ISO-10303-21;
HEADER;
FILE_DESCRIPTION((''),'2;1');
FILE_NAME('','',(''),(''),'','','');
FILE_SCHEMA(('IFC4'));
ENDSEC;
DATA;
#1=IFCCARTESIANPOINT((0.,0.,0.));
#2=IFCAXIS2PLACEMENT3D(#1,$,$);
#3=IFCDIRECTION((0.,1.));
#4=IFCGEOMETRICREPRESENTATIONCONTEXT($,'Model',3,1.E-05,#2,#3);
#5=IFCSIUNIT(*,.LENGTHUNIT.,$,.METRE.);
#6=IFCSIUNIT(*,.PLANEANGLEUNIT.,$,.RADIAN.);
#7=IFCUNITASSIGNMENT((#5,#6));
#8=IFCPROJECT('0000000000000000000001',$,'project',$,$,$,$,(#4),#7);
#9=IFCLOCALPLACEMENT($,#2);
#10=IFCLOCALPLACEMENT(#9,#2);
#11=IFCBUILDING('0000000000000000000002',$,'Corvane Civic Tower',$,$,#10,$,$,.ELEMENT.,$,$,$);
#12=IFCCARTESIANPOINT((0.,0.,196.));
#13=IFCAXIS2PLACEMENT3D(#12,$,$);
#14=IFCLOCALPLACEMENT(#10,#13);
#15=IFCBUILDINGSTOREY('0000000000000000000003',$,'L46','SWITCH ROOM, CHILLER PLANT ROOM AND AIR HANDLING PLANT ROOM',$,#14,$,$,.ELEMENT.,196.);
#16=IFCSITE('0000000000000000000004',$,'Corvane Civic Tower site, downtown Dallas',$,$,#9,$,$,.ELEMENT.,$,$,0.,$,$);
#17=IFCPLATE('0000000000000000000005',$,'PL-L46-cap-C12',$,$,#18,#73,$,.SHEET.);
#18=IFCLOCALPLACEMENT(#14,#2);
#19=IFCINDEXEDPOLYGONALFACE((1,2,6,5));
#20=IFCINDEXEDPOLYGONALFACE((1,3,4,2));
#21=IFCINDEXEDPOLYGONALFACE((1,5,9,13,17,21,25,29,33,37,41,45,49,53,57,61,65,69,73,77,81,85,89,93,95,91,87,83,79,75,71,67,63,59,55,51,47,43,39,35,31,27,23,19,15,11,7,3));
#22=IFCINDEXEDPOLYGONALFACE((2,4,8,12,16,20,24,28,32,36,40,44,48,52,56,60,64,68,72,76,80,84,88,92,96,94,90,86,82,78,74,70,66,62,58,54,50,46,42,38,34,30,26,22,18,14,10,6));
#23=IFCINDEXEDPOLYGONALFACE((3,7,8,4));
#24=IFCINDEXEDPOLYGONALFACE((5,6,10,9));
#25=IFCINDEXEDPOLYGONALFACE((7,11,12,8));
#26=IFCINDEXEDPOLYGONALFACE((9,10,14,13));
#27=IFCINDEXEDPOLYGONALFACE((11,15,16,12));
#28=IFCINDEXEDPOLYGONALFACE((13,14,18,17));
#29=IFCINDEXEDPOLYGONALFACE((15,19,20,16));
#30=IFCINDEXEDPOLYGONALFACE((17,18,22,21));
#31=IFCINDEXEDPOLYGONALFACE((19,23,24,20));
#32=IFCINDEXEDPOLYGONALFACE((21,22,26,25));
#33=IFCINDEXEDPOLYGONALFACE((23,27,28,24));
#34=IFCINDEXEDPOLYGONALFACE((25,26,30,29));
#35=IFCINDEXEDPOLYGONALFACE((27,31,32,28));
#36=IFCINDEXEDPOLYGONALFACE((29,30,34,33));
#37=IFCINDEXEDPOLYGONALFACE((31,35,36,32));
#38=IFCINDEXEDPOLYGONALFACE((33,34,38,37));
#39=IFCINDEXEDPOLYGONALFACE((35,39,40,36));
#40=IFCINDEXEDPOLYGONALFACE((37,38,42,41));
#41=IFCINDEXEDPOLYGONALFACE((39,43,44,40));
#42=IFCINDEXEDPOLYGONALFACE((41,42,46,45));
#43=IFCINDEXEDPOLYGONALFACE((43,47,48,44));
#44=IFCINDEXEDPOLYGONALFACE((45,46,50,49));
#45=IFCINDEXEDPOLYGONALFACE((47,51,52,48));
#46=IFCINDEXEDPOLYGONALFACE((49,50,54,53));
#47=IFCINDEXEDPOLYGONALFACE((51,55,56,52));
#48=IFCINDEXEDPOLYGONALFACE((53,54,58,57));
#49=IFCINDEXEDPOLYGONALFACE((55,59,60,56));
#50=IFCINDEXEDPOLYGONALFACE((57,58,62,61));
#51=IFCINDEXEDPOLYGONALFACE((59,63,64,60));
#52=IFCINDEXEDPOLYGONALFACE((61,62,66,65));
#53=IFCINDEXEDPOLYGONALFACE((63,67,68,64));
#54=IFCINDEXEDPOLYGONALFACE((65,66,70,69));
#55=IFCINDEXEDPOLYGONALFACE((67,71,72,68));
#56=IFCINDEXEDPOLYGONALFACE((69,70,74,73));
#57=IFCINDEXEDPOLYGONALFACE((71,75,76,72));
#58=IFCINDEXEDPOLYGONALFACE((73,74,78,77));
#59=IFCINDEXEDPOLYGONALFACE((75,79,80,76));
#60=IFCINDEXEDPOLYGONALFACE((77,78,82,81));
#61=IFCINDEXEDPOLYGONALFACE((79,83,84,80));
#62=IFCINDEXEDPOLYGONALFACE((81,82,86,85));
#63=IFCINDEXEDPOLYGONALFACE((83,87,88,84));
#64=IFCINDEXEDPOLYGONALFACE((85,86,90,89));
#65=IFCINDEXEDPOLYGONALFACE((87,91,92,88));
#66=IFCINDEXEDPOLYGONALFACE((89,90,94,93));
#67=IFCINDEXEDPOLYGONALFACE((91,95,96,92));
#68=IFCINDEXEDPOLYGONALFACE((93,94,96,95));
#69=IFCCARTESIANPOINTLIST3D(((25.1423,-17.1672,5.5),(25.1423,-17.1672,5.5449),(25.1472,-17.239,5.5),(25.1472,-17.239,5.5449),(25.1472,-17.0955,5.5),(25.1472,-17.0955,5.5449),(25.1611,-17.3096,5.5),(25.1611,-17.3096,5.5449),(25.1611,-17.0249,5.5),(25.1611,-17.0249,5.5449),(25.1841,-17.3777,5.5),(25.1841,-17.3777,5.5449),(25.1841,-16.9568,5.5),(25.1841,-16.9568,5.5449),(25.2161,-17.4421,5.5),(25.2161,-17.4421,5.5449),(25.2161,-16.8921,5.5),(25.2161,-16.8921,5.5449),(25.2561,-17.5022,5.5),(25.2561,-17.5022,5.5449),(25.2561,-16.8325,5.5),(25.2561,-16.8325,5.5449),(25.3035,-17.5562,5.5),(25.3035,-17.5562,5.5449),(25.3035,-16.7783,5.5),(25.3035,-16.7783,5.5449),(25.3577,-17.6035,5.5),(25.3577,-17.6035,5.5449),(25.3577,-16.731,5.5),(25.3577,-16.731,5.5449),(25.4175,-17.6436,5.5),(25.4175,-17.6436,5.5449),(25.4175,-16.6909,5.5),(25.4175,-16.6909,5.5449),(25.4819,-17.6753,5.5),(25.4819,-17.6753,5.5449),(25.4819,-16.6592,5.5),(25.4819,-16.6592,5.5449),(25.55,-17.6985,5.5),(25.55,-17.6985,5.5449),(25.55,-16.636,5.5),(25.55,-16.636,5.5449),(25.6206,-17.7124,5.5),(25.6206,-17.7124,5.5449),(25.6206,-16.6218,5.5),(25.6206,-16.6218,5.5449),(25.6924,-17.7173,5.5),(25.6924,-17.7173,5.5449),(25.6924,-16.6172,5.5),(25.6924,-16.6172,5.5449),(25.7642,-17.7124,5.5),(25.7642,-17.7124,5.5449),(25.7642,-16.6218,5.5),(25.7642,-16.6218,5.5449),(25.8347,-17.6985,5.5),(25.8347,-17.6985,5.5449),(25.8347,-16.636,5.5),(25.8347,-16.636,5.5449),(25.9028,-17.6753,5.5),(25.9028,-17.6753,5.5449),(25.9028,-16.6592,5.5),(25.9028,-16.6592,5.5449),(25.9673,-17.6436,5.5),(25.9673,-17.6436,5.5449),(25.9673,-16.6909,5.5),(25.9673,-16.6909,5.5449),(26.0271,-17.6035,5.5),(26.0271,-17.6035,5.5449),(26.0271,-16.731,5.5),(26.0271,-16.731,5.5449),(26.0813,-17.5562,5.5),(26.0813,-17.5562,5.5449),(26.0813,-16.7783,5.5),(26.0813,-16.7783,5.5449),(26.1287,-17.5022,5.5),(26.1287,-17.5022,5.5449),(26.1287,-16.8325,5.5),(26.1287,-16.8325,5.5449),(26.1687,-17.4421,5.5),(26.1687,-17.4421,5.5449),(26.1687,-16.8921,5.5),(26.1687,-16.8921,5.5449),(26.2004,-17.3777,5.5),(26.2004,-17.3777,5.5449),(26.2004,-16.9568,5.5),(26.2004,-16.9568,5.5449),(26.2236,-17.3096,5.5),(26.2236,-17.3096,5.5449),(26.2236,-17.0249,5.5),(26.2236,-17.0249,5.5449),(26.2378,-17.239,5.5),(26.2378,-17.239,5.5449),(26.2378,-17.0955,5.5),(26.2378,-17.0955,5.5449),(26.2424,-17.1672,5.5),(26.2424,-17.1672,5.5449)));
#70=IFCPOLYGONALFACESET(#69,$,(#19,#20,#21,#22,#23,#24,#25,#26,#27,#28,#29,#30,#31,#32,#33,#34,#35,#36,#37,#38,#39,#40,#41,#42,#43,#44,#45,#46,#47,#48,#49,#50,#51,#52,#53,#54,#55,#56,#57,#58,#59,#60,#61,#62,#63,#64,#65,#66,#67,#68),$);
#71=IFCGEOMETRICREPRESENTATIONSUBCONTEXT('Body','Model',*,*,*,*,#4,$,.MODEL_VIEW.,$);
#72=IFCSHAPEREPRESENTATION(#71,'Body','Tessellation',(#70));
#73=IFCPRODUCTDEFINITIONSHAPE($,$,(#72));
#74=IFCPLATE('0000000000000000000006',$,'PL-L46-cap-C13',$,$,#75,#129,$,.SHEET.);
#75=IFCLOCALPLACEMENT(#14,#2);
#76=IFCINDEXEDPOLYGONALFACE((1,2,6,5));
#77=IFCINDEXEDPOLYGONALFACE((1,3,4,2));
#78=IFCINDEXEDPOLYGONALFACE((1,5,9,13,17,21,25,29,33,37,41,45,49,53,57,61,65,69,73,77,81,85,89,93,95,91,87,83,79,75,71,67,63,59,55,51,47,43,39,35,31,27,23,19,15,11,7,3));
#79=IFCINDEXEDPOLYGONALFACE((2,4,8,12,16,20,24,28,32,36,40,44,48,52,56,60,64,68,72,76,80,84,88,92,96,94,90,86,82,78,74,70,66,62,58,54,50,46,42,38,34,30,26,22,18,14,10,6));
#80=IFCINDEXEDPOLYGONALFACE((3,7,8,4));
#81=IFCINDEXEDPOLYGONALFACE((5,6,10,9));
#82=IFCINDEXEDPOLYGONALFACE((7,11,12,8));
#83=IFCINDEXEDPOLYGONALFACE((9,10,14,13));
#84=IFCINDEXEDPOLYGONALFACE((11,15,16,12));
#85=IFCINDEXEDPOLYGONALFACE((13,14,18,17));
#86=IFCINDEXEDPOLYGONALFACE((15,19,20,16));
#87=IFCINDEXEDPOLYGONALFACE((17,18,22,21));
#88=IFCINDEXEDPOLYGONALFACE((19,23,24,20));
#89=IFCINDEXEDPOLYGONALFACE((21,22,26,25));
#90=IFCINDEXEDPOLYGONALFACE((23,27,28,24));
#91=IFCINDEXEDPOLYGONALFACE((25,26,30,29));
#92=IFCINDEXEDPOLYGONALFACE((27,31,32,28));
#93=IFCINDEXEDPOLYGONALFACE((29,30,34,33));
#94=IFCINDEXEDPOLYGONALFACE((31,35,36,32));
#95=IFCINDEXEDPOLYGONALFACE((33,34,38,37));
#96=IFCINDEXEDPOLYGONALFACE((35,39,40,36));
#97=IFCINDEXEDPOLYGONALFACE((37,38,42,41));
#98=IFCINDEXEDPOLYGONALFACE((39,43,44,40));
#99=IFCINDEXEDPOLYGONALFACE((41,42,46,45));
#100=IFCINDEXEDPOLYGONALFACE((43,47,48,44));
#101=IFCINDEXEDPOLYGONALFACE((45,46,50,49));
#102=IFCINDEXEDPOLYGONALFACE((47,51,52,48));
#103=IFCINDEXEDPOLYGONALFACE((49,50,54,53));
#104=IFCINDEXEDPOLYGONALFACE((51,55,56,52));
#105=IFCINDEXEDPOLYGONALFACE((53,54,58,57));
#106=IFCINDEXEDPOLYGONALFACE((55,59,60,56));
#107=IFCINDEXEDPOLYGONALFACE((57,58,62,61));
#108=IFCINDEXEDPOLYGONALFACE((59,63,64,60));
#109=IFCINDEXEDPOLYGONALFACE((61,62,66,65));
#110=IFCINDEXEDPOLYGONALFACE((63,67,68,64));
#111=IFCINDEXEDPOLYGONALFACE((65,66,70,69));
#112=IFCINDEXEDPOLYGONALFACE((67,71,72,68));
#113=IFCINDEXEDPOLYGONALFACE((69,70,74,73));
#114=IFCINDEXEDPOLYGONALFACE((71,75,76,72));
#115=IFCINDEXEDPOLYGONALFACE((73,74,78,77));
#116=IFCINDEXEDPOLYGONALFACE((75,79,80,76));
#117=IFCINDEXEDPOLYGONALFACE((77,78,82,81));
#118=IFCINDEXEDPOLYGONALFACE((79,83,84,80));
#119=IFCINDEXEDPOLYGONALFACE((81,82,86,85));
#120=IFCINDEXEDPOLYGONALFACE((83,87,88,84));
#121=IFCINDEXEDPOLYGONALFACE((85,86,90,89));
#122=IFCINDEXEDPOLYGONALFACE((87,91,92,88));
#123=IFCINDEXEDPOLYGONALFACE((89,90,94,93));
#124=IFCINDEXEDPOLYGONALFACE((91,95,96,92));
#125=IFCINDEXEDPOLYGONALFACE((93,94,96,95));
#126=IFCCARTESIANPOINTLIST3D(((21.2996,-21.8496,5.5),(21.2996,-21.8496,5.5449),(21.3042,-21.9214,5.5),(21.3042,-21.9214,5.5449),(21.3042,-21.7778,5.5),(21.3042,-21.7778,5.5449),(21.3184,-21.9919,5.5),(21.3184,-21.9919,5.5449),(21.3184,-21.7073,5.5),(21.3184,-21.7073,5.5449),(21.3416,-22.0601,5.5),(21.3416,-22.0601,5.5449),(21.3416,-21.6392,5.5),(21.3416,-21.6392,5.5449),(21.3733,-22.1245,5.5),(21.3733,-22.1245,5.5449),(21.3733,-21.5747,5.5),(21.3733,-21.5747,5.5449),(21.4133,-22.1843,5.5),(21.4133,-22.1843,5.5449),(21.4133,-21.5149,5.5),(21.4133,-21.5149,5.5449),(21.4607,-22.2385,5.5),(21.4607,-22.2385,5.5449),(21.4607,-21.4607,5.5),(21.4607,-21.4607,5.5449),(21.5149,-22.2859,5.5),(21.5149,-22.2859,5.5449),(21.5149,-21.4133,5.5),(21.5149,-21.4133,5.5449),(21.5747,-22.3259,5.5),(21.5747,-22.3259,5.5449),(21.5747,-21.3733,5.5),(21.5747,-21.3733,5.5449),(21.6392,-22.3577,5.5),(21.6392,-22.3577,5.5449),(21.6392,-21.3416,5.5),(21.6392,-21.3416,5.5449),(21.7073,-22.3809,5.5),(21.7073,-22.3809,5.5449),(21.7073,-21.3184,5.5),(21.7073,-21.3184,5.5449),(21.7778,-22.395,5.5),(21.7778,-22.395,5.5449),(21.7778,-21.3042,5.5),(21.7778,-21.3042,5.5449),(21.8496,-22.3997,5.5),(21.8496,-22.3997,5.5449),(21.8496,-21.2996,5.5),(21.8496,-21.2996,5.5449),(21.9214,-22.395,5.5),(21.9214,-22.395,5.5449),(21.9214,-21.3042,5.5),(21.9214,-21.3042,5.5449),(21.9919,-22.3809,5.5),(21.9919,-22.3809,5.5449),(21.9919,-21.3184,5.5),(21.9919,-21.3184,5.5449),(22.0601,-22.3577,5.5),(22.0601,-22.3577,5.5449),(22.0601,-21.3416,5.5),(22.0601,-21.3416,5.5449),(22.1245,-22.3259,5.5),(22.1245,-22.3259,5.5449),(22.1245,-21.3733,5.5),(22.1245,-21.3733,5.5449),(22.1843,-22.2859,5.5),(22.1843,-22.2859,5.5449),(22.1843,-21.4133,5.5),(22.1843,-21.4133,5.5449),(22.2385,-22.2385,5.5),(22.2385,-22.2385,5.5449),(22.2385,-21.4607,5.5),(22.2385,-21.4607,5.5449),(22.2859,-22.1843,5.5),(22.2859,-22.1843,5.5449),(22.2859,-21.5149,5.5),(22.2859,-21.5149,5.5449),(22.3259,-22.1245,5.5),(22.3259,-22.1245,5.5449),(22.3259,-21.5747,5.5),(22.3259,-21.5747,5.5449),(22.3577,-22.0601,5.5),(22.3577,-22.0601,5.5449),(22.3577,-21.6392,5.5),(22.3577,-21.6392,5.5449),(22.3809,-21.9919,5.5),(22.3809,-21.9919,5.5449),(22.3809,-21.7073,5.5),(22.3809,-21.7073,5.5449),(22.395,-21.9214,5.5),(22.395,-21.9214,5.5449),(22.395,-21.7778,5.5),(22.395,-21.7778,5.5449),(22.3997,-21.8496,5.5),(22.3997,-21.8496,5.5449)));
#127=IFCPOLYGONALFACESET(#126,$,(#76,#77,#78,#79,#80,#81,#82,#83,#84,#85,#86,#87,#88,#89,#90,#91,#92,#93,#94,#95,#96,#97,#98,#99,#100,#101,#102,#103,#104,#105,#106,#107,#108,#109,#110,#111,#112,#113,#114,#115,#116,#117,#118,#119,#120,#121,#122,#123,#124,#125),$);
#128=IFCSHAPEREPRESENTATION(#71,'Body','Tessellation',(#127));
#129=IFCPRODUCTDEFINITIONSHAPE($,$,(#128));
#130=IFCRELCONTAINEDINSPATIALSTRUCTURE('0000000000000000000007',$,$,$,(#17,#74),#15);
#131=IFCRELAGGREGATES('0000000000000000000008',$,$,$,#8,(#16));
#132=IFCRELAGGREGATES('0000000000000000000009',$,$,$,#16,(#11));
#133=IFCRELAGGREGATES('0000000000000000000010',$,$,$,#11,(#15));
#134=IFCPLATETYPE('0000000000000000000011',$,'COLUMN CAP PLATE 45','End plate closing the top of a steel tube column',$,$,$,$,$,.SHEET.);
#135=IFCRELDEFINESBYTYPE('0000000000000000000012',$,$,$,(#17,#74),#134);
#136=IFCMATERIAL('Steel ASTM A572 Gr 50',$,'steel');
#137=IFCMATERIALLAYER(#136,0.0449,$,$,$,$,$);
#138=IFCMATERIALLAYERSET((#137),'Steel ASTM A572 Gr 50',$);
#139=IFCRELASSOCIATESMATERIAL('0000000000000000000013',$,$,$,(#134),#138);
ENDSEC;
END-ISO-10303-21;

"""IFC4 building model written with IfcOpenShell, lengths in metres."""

from ifc_helpers import new_model, si_unit, direction, frame, origin, place, context, subcontext, project, spatial, polyline, outline, extrude, material, layer, layer_set, type_object, element, save


model = new_model("IFC4")

# Units and contexts
model_context = context("Model", 3, precision=1e-05, world=origin(), true_north=direction((0.0, 1.0)))
body_context = subcontext(model_context, "Body", "Model", "MODEL_VIEW")
ifc_project = project(units=[si_unit("LENGTHUNIT", "METRE"), si_unit("PLANEANGLEUNIT", "RADIAN")], contexts=[model_context])

# Site, building, storey
site_placement = place(None, origin())
site = spatial("IfcSite", under=ifc_project, at=site_placement, Name="Corvane Civic Tower site, downtown Dallas", CompositionType="ELEMENT", RefElevation=0.0)
building_placement = place(site_placement, origin())
building = spatial("IfcBuilding", under=site, at=building_placement, Name="Corvane Civic Tower", CompositionType="ELEMENT")
storey_placement = place(building_placement, frame((0.0, 0.0, 196.0)))
storey = spatial("IfcBuildingStorey", under=building, at=storey_placement, Name="L46", Description="SWITCH ROOM, CHILLER PLANT ROOM AND AIR HANDLING PLANT ROOM", CompositionType="ELEMENT", Elevation=196.0)

# Plates
ifc_material_1 = material(Name="Steel ASTM A572 Gr 50", Category="steel")
ifc_layer_1 = layer(ifc_material_1, 0.0449)
ifc_layer_set_1 = layer_set([ifc_layer_1], Name="Steel ASTM A572 Gr 50")
plate_type = type_object("IfcPlateType", Name="COLUMN CAP PLATE 45", Description="End plate closing the top of a steel tube column", PredefinedType="SHEET", material=ifc_layer_set_1)
plate_1_placement = place(storey_placement, frame((0.0, 0.0, 5.5)))
element("IfcPlate", 1, at=plate_1_placement, inside=storey, type_object=plate_type, Name="PL-L46-cap-C12", PredefinedType="SHEET", context=body_context, shape_type="SweptSolid", body=[
    extrude(outline(polyline([(26.2424, -17.1672), (26.2378, -17.0955), (26.2236, -17.0249), (26.2004, -16.9568), (26.1687, -16.8921), (26.1287, -16.8325), (26.0813, -16.7783), (26.0271, -16.731), (25.9673, -16.6909), (25.9028, -16.6592), (25.8347, -16.636), (25.7642, -16.6218), (25.6924, -16.6172), (25.6206, -16.6218), (25.55, -16.636), (25.4819, -16.6592), (25.4175, -16.6909), (25.3577, -16.731), (25.3035, -16.7783), (25.2561, -16.8325), (25.2161, -16.8921), (25.1841, -16.9568), (25.1611, -17.0249), (25.1472, -17.0955), (25.1423, -17.1672), (25.1472, -17.239), (25.1611, -17.3096), (25.1841, -17.3777), (25.2161, -17.4421), (25.2561, -17.5022), (25.3035, -17.5562), (25.3577, -17.6035), (25.4175, -17.6436), (25.4819, -17.6753), (25.55, -17.6985), (25.6206, -17.7124), (25.6924, -17.7173), (25.7642, -17.7124), (25.8347, -17.6985), (25.9028, -17.6753), (25.9673, -17.6436), (26.0271, -17.6035), (26.0813, -17.5562), (26.1287, -17.5022), (26.1687, -17.4421), (26.2004, -17.3777), (26.2236, -17.3096), (26.2378, -17.239), (26.2424, -17.1672)])), origin(), (0.0, 0.0, 1.0), 0.0449),
])
plate_2_placement = place(storey_placement, frame((0.0, 0.0, 5.5)))
element("IfcPlate", 2, at=plate_2_placement, inside=storey, type_object=plate_type, Name="PL-L46-cap-C13", PredefinedType="SHEET", context=body_context, shape_type="SweptSolid", body=[
    extrude(outline(polyline([(22.3997, -21.8496), (22.395, -21.7778), (22.3809, -21.7073), (22.3577, -21.6392), (22.3259, -21.5747), (22.2859, -21.5149), (22.2385, -21.4607), (22.1843, -21.4133), (22.1245, -21.3733), (22.0601, -21.3416), (21.9919, -21.3184), (21.9214, -21.3042), (21.8496, -21.2996), (21.7778, -21.3042), (21.7073, -21.3184), (21.6392, -21.3416), (21.5747, -21.3733), (21.5149, -21.4133), (21.4607, -21.4607), (21.4133, -21.5149), (21.3733, -21.5747), (21.3416, -21.6392), (21.3184, -21.7073), (21.3042, -21.7778), (21.2996, -21.8496), (21.3042, -21.9214), (21.3184, -21.9919), (21.3416, -22.0601), (21.3733, -22.1245), (21.4133, -22.1843), (21.4607, -22.2385), (21.5149, -22.2859), (21.5747, -22.3259), (21.6392, -22.3577), (21.7073, -22.3809), (21.7778, -22.395), (21.8496, -22.3997), (21.9214, -22.395), (21.9919, -22.3809), (22.0601, -22.3577), (22.1245, -22.3259), (22.1843, -22.2859), (22.2385, -22.2385), (22.2859, -22.1843), (22.3259, -22.1245), (22.3577, -22.0601), (22.3809, -21.9919), (22.395, -21.9214), (22.3997, -21.8496)])), origin(), (0.0, 0.0, 1.0), 0.0449),
])

save(model, "model.ifc")
